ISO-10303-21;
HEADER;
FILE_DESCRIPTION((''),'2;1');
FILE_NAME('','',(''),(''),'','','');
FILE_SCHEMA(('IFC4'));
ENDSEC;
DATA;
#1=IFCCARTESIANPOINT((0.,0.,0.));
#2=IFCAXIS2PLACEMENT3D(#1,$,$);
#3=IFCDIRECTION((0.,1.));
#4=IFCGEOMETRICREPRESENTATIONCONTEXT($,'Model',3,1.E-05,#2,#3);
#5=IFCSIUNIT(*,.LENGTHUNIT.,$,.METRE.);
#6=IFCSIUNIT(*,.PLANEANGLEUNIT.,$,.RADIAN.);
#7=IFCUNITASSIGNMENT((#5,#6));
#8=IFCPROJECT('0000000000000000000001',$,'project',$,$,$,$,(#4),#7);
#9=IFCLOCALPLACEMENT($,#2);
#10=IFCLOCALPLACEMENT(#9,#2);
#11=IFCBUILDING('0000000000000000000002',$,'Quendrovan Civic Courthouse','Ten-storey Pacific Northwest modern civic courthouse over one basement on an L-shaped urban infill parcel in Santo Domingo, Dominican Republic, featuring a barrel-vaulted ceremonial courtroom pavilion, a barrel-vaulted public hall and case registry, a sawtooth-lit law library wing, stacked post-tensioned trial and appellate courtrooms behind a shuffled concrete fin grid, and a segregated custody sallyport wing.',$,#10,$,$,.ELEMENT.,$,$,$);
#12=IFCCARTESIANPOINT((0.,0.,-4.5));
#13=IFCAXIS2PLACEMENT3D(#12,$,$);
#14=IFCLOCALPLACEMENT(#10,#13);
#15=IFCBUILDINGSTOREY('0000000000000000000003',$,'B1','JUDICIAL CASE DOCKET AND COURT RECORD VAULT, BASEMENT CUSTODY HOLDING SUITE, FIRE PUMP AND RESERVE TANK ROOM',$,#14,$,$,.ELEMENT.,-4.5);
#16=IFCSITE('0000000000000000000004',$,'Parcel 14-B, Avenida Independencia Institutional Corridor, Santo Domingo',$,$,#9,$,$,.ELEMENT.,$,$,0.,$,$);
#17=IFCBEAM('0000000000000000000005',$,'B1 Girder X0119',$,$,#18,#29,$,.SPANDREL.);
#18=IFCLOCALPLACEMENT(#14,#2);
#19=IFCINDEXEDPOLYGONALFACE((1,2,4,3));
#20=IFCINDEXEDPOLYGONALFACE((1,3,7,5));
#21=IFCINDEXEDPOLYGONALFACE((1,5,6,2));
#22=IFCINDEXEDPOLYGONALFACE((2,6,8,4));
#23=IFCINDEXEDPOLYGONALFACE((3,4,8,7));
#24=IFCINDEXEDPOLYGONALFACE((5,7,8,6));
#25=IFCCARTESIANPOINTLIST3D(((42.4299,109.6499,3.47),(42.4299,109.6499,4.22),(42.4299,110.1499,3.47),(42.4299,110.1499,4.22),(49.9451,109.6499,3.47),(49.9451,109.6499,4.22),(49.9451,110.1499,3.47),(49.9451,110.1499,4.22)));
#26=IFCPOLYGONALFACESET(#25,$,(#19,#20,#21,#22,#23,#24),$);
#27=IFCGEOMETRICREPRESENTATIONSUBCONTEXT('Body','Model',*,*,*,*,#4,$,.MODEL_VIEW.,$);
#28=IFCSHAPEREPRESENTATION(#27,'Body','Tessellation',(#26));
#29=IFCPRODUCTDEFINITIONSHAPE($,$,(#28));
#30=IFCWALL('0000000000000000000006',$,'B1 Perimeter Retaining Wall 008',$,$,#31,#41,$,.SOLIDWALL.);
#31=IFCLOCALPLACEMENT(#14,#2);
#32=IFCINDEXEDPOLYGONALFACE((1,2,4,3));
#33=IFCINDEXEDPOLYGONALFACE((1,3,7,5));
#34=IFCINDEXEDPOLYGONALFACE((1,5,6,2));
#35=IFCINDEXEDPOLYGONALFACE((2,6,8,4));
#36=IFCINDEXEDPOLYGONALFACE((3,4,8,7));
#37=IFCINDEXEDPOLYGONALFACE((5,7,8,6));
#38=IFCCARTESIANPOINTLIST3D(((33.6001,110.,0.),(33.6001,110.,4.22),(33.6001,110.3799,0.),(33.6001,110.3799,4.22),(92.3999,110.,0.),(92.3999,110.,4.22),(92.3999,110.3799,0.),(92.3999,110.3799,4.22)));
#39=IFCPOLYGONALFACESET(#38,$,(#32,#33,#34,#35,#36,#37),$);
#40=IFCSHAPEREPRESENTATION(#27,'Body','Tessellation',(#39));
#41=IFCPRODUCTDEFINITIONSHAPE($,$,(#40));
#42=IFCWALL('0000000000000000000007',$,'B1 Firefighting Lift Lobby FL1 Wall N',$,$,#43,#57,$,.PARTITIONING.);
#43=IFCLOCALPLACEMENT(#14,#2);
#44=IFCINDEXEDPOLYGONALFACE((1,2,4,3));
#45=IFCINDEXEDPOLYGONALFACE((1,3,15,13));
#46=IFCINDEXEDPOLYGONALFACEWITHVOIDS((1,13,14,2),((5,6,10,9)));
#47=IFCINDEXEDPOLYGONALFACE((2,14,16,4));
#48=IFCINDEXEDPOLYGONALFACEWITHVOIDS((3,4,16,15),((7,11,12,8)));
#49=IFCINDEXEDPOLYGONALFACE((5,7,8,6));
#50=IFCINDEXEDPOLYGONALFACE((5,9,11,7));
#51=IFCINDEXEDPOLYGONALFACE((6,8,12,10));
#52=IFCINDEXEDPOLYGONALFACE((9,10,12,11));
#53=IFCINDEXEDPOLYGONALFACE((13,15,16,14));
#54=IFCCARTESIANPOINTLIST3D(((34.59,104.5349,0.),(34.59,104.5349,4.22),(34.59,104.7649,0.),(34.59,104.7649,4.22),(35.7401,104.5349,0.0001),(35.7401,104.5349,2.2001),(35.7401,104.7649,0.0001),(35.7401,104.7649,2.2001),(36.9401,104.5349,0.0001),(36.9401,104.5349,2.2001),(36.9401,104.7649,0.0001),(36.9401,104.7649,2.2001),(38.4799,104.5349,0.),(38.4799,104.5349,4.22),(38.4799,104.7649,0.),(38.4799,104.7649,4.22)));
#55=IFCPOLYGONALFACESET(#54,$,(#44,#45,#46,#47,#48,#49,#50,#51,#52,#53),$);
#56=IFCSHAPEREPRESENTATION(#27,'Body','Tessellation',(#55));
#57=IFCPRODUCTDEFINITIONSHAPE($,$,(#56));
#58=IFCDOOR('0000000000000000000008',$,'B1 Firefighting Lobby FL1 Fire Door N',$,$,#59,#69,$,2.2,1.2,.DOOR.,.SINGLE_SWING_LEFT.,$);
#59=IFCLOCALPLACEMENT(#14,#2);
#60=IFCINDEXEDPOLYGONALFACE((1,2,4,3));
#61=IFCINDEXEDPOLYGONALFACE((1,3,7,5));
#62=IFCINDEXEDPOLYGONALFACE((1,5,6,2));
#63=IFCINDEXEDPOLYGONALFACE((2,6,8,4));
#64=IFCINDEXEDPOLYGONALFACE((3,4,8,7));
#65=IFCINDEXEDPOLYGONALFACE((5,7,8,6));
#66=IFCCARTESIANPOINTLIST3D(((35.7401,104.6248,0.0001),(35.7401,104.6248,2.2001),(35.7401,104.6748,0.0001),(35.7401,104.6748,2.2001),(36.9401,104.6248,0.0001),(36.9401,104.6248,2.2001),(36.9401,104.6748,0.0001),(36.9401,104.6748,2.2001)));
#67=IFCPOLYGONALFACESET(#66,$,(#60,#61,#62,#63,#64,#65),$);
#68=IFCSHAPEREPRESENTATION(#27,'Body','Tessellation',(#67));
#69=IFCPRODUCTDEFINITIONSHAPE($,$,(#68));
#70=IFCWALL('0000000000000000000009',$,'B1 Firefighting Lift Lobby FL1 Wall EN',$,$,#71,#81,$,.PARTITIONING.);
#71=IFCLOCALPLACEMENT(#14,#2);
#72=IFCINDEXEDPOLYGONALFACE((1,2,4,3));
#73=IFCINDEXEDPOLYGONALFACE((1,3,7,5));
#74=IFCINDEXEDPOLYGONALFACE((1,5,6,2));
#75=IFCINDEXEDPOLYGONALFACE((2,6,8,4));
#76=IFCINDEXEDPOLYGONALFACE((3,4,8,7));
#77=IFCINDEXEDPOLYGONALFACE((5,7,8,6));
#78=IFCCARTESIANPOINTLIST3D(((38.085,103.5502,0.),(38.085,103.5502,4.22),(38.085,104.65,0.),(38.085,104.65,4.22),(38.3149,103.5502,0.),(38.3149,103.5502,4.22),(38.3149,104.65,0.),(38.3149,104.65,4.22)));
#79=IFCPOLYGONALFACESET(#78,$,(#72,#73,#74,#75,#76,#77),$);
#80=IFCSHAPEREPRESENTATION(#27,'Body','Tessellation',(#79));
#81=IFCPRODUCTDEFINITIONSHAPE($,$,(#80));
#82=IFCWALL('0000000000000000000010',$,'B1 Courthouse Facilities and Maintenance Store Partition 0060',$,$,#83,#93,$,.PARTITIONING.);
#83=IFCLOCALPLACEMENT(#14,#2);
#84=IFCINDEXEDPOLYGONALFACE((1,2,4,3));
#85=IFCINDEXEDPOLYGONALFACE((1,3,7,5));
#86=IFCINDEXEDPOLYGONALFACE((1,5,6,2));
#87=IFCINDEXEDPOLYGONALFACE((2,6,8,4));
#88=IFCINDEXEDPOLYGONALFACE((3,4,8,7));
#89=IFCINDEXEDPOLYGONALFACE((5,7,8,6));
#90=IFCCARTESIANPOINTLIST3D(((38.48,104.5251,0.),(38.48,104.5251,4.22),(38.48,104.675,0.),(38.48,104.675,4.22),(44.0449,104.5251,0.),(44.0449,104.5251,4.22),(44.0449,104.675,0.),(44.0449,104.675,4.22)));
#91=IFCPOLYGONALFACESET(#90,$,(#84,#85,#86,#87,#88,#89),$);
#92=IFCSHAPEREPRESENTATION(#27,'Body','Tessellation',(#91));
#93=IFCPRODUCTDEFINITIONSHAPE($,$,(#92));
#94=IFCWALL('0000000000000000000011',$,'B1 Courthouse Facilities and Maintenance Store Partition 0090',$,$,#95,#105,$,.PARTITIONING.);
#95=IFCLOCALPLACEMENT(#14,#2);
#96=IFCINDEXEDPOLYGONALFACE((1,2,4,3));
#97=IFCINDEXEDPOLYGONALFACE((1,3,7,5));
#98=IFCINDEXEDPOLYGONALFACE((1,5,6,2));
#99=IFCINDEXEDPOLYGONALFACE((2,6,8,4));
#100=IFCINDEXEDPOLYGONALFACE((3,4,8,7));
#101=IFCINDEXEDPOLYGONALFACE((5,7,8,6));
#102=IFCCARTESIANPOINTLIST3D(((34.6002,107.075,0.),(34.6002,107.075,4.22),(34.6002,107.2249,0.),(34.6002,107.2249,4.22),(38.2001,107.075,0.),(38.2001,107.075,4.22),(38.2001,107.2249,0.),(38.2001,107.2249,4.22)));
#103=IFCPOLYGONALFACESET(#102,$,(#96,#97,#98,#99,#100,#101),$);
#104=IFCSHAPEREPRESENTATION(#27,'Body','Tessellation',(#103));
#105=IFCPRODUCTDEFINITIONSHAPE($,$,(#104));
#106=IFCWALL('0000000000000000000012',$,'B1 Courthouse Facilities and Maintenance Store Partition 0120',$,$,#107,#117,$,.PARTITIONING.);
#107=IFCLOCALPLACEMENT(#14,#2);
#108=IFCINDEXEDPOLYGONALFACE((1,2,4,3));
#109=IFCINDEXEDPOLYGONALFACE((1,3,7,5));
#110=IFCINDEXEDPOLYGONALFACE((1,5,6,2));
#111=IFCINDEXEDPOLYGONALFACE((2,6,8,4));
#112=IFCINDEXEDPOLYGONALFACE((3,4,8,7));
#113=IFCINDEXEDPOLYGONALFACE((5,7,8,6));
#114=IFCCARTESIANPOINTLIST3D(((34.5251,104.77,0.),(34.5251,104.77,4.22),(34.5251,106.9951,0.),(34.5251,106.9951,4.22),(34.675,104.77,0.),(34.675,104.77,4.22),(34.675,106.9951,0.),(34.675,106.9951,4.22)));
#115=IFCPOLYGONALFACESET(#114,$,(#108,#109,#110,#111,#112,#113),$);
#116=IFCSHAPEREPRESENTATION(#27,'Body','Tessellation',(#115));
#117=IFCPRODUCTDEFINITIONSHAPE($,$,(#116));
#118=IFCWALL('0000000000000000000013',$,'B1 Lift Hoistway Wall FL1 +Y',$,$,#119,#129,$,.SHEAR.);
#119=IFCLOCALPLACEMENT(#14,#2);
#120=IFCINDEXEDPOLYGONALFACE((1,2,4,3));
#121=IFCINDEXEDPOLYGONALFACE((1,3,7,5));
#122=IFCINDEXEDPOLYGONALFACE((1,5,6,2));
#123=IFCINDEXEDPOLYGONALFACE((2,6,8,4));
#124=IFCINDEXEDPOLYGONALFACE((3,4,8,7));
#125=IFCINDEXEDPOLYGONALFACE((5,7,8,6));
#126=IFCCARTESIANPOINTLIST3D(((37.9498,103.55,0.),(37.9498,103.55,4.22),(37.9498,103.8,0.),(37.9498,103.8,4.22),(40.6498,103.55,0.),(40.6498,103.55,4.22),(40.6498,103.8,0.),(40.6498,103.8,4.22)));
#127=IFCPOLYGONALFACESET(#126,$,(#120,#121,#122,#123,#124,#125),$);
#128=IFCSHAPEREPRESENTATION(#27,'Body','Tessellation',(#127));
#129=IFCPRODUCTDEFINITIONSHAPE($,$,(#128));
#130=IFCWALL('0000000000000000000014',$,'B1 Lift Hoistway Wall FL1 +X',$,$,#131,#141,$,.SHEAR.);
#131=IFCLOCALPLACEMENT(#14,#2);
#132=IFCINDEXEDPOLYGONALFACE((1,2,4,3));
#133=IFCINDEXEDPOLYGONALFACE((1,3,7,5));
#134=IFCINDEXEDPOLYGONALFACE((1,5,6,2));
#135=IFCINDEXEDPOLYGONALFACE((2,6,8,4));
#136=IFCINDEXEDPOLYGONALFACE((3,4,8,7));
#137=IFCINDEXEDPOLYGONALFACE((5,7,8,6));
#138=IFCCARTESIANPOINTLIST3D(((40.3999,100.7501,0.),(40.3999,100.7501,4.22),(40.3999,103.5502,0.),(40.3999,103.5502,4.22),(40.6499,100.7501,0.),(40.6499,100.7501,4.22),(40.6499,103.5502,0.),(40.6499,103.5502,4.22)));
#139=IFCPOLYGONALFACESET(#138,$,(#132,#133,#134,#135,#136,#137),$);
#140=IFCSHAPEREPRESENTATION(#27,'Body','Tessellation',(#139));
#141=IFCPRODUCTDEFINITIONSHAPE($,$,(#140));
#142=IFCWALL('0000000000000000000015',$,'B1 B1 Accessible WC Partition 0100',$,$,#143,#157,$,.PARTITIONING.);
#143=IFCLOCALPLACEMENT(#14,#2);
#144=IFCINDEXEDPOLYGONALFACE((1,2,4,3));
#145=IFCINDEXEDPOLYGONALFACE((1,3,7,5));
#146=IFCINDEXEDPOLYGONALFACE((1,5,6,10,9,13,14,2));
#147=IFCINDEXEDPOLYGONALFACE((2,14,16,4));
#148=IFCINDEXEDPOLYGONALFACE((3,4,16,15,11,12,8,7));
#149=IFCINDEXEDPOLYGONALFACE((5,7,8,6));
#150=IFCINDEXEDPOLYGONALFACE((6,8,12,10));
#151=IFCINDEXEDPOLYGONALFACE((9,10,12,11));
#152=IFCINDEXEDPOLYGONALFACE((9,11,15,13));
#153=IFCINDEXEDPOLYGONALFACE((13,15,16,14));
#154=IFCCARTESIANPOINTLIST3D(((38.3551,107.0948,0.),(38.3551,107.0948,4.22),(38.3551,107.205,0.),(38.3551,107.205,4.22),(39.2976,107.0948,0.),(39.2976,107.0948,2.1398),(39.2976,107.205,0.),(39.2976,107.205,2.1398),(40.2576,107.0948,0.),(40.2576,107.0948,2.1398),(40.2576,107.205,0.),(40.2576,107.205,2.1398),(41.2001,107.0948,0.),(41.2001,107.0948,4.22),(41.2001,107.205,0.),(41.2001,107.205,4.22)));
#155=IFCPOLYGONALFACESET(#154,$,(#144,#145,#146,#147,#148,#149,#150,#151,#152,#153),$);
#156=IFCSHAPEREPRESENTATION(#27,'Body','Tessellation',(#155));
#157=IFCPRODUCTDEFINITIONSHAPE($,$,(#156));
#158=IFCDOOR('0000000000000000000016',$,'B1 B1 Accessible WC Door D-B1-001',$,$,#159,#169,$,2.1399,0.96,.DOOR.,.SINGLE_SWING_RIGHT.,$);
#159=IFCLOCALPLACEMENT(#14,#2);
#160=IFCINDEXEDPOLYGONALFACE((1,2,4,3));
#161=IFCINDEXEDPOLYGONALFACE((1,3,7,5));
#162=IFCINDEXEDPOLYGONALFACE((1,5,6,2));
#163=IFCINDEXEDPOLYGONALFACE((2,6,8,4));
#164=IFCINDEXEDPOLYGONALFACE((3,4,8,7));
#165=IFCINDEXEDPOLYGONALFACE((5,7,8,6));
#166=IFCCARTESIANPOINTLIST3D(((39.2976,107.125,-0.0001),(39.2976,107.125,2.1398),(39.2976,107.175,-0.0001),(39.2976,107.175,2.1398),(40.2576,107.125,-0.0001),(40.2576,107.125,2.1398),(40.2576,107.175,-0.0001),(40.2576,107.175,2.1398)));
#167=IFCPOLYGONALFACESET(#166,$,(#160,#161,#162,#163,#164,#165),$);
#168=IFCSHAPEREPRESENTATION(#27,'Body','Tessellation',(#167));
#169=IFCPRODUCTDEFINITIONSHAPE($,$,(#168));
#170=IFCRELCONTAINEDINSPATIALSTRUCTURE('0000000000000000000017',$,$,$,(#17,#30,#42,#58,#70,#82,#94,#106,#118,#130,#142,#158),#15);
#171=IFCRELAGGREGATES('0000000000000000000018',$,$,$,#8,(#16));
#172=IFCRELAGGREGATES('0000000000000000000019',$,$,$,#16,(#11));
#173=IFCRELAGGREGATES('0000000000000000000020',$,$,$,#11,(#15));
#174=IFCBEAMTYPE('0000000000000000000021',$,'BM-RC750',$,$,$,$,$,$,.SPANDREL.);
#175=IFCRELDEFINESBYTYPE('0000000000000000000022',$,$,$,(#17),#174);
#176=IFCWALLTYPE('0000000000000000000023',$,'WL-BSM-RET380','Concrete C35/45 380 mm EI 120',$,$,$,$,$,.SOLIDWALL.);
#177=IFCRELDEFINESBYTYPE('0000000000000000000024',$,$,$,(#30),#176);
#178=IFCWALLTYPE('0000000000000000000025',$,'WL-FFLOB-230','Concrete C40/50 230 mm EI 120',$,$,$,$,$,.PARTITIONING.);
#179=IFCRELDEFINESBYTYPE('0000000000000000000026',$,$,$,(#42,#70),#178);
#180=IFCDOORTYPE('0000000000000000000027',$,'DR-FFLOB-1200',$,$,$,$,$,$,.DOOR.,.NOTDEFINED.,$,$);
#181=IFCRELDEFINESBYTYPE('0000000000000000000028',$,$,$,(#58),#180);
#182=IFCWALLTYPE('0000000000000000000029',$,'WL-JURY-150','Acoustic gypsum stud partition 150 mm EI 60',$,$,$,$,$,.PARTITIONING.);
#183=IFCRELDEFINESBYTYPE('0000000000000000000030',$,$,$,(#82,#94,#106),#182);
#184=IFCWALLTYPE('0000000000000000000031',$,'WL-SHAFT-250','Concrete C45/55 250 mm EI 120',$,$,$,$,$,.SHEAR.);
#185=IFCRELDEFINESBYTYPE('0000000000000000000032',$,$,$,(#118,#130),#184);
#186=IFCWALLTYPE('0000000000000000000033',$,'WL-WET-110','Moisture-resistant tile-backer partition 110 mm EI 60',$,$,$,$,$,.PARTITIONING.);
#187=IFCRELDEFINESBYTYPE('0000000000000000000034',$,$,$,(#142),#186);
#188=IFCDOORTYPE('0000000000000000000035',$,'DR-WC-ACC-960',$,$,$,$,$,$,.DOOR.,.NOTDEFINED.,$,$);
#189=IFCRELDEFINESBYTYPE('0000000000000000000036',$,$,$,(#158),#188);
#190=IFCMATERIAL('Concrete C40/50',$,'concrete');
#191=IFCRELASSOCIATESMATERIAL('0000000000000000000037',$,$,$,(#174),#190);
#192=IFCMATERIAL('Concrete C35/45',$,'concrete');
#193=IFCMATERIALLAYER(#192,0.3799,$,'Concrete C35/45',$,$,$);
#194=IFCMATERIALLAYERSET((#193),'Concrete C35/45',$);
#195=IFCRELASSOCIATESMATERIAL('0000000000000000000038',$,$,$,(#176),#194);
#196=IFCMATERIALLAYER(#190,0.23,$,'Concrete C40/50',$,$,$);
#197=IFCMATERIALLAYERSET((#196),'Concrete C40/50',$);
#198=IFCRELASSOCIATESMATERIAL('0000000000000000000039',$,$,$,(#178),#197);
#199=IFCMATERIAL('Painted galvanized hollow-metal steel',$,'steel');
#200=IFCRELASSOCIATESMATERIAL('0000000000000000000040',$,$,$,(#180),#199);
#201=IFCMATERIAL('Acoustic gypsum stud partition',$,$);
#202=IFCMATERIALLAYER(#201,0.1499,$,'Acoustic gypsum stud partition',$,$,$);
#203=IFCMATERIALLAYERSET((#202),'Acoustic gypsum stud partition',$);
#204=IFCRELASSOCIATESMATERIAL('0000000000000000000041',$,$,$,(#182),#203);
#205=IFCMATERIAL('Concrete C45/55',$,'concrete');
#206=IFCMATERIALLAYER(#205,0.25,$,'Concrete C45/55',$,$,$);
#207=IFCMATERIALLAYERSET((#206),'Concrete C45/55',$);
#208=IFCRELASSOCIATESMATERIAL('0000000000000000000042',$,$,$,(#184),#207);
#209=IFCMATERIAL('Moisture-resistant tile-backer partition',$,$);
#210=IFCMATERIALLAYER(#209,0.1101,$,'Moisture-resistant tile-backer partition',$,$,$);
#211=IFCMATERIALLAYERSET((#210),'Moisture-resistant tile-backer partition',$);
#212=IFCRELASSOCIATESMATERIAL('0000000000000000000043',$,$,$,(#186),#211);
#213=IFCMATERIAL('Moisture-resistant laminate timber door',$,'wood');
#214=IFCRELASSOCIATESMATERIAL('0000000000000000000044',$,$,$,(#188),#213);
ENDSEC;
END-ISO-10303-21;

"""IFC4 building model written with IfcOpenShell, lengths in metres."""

from ifc_helpers import new_model, si_unit, direction, frame, frame_2d, origin, origin_2d, place, context, subcontext, project, spatial, rectangle, extrude, material, layer, layer_set, material_profile, profile_set, type_object, element, fill, save


model = new_model("IFC4")

# Units and contexts
model_context = context("Model", 3, precision=1e-05, world=origin(), true_north=direction((0.0, 1.0)))
body_context = subcontext(model_context, "Body", "Model", "MODEL_VIEW")
ifc_project = project(units=[si_unit("LENGTHUNIT", "METRE"), si_unit("PLANEANGLEUNIT", "RADIAN")], contexts=[model_context])

# Site, building, storey
site_placement = place(None, origin())
site = spatial("IfcSite", under=ifc_project, at=site_placement, Name="Parcel 14-B, Avenida Independencia Institutional Corridor, Santo Domingo", CompositionType="ELEMENT", RefElevation=0.0)
building_placement = place(site_placement, origin())
building = spatial("IfcBuilding", under=site, at=building_placement, Name="Quendrovan Civic Courthouse", Description="Ten-storey Pacific Northwest modern civic courthouse over one basement on an L-shaped urban infill parcel in Santo Domingo, Dominican Republic, featuring a barrel-vaulted ceremonial courtroom pavilion, a barrel-vaulted public hall and case registry, a sawtooth-lit law library wing, stacked post-tensioned trial and appellate courtrooms behind a shuffled concrete fin grid, and a segregated custody sallyport wing.", CompositionType="ELEMENT")
storey_placement = place(building_placement, frame((0.0, 0.0, -4.5)))
storey = spatial("IfcBuildingStorey", under=building, at=storey_placement, Name="B1", Description="JUDICIAL CASE DOCKET AND COURT RECORD VAULT, BASEMENT CUSTODY HOLDING SUITE, FIRE PUMP AND RESERVE TANK ROOM", CompositionType="ELEMENT", Elevation=-4.5)

# Shared definitions
ifc_material_1 = material(Name="Concrete C35/45", Category="concrete")

# Shared definitions
ifc_material_2 = material(Name="Concrete C45/55", Category="concrete")

# Beam
ifc_material_3 = material(Name="Concrete C40/50", Category="concrete")
ifc_material_profile_1 = material_profile(ifc_material_3, rectangle(XDim=0.5, YDim=0.75, at=origin_2d()), Name="RC-BM-500x750")
ifc_profile_set_1 = profile_set([ifc_material_profile_1], Name="Concrete C40/50")
beam_type_1 = type_object("IfcBeamType", Name="BM-RC750", PredefinedType="SPANDREL", material=ifc_profile_set_1)
beam_1_placement = place(storey_placement, frame((42.4299, 109.8999, 3.845), z_axis=(1.0, 0.0, 0.0), x_axis=(0.0, 1.0, 0.0)))
element("IfcBeam", 1, at=beam_1_placement, inside=storey, type_object=beam_type_1, Name="B1 Girder X0119", PredefinedType="SPANDREL", context=body_context, shape_type="SweptSolid", body=[
    extrude(rectangle(XDim=0.5, YDim=0.75, at=origin_2d()), origin(), (0.0, 0.0, 1.0), 7.5151),
])

# Wall
ifc_layer_1 = layer(ifc_material_1, 0.3799, Name="Concrete C35/45")
ifc_layer_set_1 = layer_set([ifc_layer_1], Name="Concrete C35/45")
wall_type_1 = type_object("IfcWallType", Name="WL-BSM-RET380", Description="Concrete C35/45 380 mm EI 120", PredefinedType="SOLIDWALL", material=ifc_layer_set_1)
wall_1_placement = place(storey_placement, frame((33.6001, 110.1899, 0.0), z_axis=(0.0, 0.0, 1.0), x_axis=(1.0, 0.0, 0.0)))
element("IfcWall", 2, at=wall_1_placement, inside=storey, type_object=wall_type_1, Name="B1 Perimeter Retaining Wall 008", PredefinedType="SOLIDWALL", context=body_context, shape_type="SweptSolid", body=[
    extrude(rectangle(XDim=58.7998, YDim=0.3799, at=frame_2d((29.3999, 0.0))), origin(), (0.0, 0.0, 1.0), 4.22),
])

# Wall, opening, door
ifc_layer_2 = layer(ifc_material_3, 0.23, Name="Concrete C40/50")
ifc_layer_set_2 = layer_set([ifc_layer_2], Name="Concrete C40/50")
wall_type_2 = type_object("IfcWallType", Name="WL-FFLOB-230", Description="Concrete C40/50 230 mm EI 120", PredefinedType="PARTITIONING", material=ifc_layer_set_2)
wall_2_placement = place(storey_placement, frame((34.5901, 104.6499, 0.0), z_axis=(0.0, 0.0, 1.0), x_axis=(1.0, 0.0, 0.0)))
wall_2 = element("IfcWall", 3, at=wall_2_placement, inside=storey, type_object=wall_type_2, Name="B1 Firefighting Lift Lobby FL1 Wall N", PredefinedType="PARTITIONING", context=body_context, shape_type="SweptSolid", body=[
    extrude(rectangle(XDim=3.8899, YDim=0.23, at=frame_2d((1.9448, 0.0))), origin(), (0.0, 0.0, 1.0), 4.22),
])
opening_1_placement = place(wall_2_placement, frame((1.1499, 0.0, 0.0)))
opening_1 = element("IfcOpeningElement", 4, at=opening_1_placement, cuts=wall_2, PredefinedType="OPENING", context=body_context, shape_type="SweptSolid", body=[
    extrude(rectangle(XDim=1.2, YDim=2.2, at=frame_2d((0.6001, 1.1001))), frame((0.0, 0.125, 0.0), z_axis=(0.0, -1.0, 0.0), x_axis=(1.0, 0.0, 0.0)), (0.0, 0.0, 1.0), 0.25),
])
ifc_material_4 = material(Name="Painted galvanized hollow-metal steel", Category="steel")
door_type_1 = type_object("IfcDoorType", Name="DR-FFLOB-1200", OperationType="NOTDEFINED", PredefinedType="DOOR", material=ifc_material_4)
door_1_placement = place(opening_1_placement, origin())
door_1 = element("IfcDoor", 5, at=door_1_placement, inside=storey, type_object=door_type_1, Name="B1 Firefighting Lobby FL1 Fire Door N", OperationType="SINGLE_SWING_LEFT", OverallHeight=2.2, OverallWidth=1.2, PredefinedType="DOOR", context=body_context, shape_type="SweptSolid", body=[
    extrude(rectangle(XDim=1.2, YDim=2.2, at=frame_2d((0.6001, 1.1001))), frame((0.0, 0.0249, 0.0), z_axis=(0.0, -1.0, 0.0), x_axis=(1.0, 0.0, 0.0)), (0.0, 0.0, 1.0), 0.05),
])
fill(opening_1, door_1)

# Walls
wall_3_placement = place(storey_placement, frame((38.2, 104.6499, 0.0), z_axis=(0.0, 0.0, 1.0), x_axis=(0.0, -1.0, 0.0)))
element("IfcWall", 6, at=wall_3_placement, inside=storey, type_object=wall_type_2, Name="B1 Firefighting Lift Lobby FL1 Wall EN", PredefinedType="PARTITIONING", context=body_context, shape_type="SweptSolid", body=[
    extrude(rectangle(XDim=1.0999, YDim=0.23, at=frame_2d((0.5498, 0.0))), origin(), (0.0, 0.0, 1.0), 4.22),
])
ifc_material_5 = material(Name="Acoustic gypsum stud partition")
ifc_layer_3 = layer(ifc_material_5, 0.1499, Name="Acoustic gypsum stud partition")
ifc_layer_set_3 = layer_set([ifc_layer_3], Name="Acoustic gypsum stud partition")
wall_type_3 = type_object("IfcWallType", Name="WL-JURY-150", Description="Acoustic gypsum stud partition 150 mm EI 60", PredefinedType="PARTITIONING", material=ifc_layer_set_3)
wall_4_placement = place(storey_placement, frame((38.48, 104.6001, 0.0), z_axis=(0.0, 0.0, 1.0), x_axis=(1.0, 0.0, 0.0)))
element("IfcWall", 7, at=wall_4_placement, inside=storey, type_object=wall_type_3, Name="B1 Courthouse Facilities and Maintenance Store Partition 0060", PredefinedType="PARTITIONING", context=body_context, shape_type="SweptSolid", body=[
    extrude(rectangle(XDim=5.5649, YDim=0.1499, at=frame_2d((2.7825, 0.0))), origin(), (0.0, 0.0, 1.0), 4.22),
])
wall_5_placement = place(storey_placement, frame((38.2, 107.1499, 0.0), z_axis=(0.0, 0.0, 1.0), x_axis=(-1.0, 0.0, 0.0)))
element("IfcWall", 8, at=wall_5_placement, inside=storey, type_object=wall_type_3, Name="B1 Courthouse Facilities and Maintenance Store Partition 0090", PredefinedType="PARTITIONING", context=body_context, shape_type="SweptSolid", body=[
    extrude(rectangle(XDim=3.5999, YDim=0.1499, at=frame_2d((1.7998, 0.0))), origin(), (0.0, 0.0, 1.0), 4.22),
])
wall_6_placement = place(storey_placement, frame((34.6001, 106.9951, 0.0), z_axis=(0.0, 0.0, 1.0), x_axis=(0.0, -1.0, 0.0)))
element("IfcWall", 9, at=wall_6_placement, inside=storey, type_object=wall_type_3, Name="B1 Courthouse Facilities and Maintenance Store Partition 0120", PredefinedType="PARTITIONING", context=body_context, shape_type="SweptSolid", body=[
    extrude(rectangle(XDim=2.2251, YDim=0.1499, at=frame_2d((1.1125, 0.0))), origin(), (0.0, 0.0, 1.0), 4.22),
])
ifc_layer_4 = layer(ifc_material_2, 0.25, Name="Concrete C45/55")
ifc_layer_set_4 = layer_set([ifc_layer_4], Name="Concrete C45/55")
wall_type_4 = type_object("IfcWallType", Name="WL-SHAFT-250", Description="Concrete C45/55 250 mm EI 120", PredefinedType="SHEAR", material=ifc_layer_set_4)
wall_7_placement = place(storey_placement, frame((40.6499, 103.675, 0.0), z_axis=(0.0, 0.0, 1.0), x_axis=(-1.0, 0.0, 0.0)))
element("IfcWall", 10, at=wall_7_placement, inside=storey, type_object=wall_type_4, Name="B1 Lift Hoistway Wall FL1 +Y", PredefinedType="SHEAR", context=body_context, shape_type="SweptSolid", body=[
    extrude(rectangle(XDim=2.7, YDim=0.25, at=frame_2d((1.3501, 0.0))), origin(), (0.0, 0.0, 1.0), 4.22),
])
wall_8_placement = place(storey_placement, frame((40.5249, 103.55, 0.0), z_axis=(0.0, 0.0, 1.0), x_axis=(0.0, -1.0, 0.0)))
element("IfcWall", 11, at=wall_8_placement, inside=storey, type_object=wall_type_4, Name="B1 Lift Hoistway Wall FL1 +X", PredefinedType="SHEAR", context=body_context, shape_type="SweptSolid", body=[
    extrude(rectangle(XDim=2.8, YDim=0.25, at=frame_2d((1.3999, 0.0))), origin(), (0.0, 0.0, 1.0), 4.22),
])

# Wall, opening, door
ifc_material_6 = material(Name="Moisture-resistant tile-backer partition")
ifc_layer_5 = layer(ifc_material_6, 0.1101, Name="Moisture-resistant tile-backer partition")
ifc_layer_set_5 = layer_set([ifc_layer_5], Name="Moisture-resistant tile-backer partition")
wall_type_5 = type_object("IfcWallType", Name="WL-WET-110", Description="Moisture-resistant tile-backer partition 110 mm EI 60", PredefinedType="PARTITIONING", material=ifc_layer_set_5)
wall_9_placement = place(storey_placement, frame((41.2, 107.1499, 0.0), z_axis=(0.0, 0.0, 1.0), x_axis=(-1.0, 0.0, 0.0)))
wall_9 = element("IfcWall", 12, at=wall_9_placement, inside=storey, type_object=wall_type_5, Name="B1 B1 Accessible WC Partition 0100", PredefinedType="PARTITIONING", context=body_context, shape_type="SweptSolid", body=[
    extrude(rectangle(XDim=2.845, YDim=0.1101, at=frame_2d((1.4224, 0.0))), origin(), (0.0, 0.0, 1.0), 4.22),
])
opening_2_placement = place(wall_9_placement, frame((0.9424, 0.0, 0.0)))
opening_2 = element("IfcOpeningElement", 13, at=opening_2_placement, cuts=wall_9, PredefinedType="OPENING", context=body_context, shape_type="SweptSolid", body=[
    extrude(rectangle(XDim=0.96, YDim=2.1399, at=frame_2d((0.48, 1.0698))), frame((0.0, 0.0649, 0.0), z_axis=(0.0, -1.0, 0.0), x_axis=(1.0, 0.0, 0.0)), (0.0, 0.0, 1.0), 0.1301),
])
ifc_material_7 = material(Name="Moisture-resistant laminate timber door", Category="wood")
door_type_2 = type_object("IfcDoorType", Name="DR-WC-ACC-960", OperationType="NOTDEFINED", PredefinedType="DOOR", material=ifc_material_7)
door_2_placement = place(opening_2_placement, origin())
door_2 = element("IfcDoor", 14, at=door_2_placement, inside=storey, type_object=door_type_2, Name="B1 B1 Accessible WC Door D-B1-001", OperationType="SINGLE_SWING_RIGHT", OverallHeight=2.1399, OverallWidth=0.96, PredefinedType="DOOR", context=body_context, shape_type="SweptSolid", body=[
    extrude(rectangle(XDim=0.96, YDim=2.1399, at=frame_2d((0.48, 1.0698))), frame((0.0, 0.0249, 0.0), z_axis=(0.0, -1.0, 0.0), x_axis=(1.0, 0.0, 0.0)), (0.0, 0.0, 1.0), 0.05),
])
fill(opening_2, door_2)

save(model, "model.ifc")
